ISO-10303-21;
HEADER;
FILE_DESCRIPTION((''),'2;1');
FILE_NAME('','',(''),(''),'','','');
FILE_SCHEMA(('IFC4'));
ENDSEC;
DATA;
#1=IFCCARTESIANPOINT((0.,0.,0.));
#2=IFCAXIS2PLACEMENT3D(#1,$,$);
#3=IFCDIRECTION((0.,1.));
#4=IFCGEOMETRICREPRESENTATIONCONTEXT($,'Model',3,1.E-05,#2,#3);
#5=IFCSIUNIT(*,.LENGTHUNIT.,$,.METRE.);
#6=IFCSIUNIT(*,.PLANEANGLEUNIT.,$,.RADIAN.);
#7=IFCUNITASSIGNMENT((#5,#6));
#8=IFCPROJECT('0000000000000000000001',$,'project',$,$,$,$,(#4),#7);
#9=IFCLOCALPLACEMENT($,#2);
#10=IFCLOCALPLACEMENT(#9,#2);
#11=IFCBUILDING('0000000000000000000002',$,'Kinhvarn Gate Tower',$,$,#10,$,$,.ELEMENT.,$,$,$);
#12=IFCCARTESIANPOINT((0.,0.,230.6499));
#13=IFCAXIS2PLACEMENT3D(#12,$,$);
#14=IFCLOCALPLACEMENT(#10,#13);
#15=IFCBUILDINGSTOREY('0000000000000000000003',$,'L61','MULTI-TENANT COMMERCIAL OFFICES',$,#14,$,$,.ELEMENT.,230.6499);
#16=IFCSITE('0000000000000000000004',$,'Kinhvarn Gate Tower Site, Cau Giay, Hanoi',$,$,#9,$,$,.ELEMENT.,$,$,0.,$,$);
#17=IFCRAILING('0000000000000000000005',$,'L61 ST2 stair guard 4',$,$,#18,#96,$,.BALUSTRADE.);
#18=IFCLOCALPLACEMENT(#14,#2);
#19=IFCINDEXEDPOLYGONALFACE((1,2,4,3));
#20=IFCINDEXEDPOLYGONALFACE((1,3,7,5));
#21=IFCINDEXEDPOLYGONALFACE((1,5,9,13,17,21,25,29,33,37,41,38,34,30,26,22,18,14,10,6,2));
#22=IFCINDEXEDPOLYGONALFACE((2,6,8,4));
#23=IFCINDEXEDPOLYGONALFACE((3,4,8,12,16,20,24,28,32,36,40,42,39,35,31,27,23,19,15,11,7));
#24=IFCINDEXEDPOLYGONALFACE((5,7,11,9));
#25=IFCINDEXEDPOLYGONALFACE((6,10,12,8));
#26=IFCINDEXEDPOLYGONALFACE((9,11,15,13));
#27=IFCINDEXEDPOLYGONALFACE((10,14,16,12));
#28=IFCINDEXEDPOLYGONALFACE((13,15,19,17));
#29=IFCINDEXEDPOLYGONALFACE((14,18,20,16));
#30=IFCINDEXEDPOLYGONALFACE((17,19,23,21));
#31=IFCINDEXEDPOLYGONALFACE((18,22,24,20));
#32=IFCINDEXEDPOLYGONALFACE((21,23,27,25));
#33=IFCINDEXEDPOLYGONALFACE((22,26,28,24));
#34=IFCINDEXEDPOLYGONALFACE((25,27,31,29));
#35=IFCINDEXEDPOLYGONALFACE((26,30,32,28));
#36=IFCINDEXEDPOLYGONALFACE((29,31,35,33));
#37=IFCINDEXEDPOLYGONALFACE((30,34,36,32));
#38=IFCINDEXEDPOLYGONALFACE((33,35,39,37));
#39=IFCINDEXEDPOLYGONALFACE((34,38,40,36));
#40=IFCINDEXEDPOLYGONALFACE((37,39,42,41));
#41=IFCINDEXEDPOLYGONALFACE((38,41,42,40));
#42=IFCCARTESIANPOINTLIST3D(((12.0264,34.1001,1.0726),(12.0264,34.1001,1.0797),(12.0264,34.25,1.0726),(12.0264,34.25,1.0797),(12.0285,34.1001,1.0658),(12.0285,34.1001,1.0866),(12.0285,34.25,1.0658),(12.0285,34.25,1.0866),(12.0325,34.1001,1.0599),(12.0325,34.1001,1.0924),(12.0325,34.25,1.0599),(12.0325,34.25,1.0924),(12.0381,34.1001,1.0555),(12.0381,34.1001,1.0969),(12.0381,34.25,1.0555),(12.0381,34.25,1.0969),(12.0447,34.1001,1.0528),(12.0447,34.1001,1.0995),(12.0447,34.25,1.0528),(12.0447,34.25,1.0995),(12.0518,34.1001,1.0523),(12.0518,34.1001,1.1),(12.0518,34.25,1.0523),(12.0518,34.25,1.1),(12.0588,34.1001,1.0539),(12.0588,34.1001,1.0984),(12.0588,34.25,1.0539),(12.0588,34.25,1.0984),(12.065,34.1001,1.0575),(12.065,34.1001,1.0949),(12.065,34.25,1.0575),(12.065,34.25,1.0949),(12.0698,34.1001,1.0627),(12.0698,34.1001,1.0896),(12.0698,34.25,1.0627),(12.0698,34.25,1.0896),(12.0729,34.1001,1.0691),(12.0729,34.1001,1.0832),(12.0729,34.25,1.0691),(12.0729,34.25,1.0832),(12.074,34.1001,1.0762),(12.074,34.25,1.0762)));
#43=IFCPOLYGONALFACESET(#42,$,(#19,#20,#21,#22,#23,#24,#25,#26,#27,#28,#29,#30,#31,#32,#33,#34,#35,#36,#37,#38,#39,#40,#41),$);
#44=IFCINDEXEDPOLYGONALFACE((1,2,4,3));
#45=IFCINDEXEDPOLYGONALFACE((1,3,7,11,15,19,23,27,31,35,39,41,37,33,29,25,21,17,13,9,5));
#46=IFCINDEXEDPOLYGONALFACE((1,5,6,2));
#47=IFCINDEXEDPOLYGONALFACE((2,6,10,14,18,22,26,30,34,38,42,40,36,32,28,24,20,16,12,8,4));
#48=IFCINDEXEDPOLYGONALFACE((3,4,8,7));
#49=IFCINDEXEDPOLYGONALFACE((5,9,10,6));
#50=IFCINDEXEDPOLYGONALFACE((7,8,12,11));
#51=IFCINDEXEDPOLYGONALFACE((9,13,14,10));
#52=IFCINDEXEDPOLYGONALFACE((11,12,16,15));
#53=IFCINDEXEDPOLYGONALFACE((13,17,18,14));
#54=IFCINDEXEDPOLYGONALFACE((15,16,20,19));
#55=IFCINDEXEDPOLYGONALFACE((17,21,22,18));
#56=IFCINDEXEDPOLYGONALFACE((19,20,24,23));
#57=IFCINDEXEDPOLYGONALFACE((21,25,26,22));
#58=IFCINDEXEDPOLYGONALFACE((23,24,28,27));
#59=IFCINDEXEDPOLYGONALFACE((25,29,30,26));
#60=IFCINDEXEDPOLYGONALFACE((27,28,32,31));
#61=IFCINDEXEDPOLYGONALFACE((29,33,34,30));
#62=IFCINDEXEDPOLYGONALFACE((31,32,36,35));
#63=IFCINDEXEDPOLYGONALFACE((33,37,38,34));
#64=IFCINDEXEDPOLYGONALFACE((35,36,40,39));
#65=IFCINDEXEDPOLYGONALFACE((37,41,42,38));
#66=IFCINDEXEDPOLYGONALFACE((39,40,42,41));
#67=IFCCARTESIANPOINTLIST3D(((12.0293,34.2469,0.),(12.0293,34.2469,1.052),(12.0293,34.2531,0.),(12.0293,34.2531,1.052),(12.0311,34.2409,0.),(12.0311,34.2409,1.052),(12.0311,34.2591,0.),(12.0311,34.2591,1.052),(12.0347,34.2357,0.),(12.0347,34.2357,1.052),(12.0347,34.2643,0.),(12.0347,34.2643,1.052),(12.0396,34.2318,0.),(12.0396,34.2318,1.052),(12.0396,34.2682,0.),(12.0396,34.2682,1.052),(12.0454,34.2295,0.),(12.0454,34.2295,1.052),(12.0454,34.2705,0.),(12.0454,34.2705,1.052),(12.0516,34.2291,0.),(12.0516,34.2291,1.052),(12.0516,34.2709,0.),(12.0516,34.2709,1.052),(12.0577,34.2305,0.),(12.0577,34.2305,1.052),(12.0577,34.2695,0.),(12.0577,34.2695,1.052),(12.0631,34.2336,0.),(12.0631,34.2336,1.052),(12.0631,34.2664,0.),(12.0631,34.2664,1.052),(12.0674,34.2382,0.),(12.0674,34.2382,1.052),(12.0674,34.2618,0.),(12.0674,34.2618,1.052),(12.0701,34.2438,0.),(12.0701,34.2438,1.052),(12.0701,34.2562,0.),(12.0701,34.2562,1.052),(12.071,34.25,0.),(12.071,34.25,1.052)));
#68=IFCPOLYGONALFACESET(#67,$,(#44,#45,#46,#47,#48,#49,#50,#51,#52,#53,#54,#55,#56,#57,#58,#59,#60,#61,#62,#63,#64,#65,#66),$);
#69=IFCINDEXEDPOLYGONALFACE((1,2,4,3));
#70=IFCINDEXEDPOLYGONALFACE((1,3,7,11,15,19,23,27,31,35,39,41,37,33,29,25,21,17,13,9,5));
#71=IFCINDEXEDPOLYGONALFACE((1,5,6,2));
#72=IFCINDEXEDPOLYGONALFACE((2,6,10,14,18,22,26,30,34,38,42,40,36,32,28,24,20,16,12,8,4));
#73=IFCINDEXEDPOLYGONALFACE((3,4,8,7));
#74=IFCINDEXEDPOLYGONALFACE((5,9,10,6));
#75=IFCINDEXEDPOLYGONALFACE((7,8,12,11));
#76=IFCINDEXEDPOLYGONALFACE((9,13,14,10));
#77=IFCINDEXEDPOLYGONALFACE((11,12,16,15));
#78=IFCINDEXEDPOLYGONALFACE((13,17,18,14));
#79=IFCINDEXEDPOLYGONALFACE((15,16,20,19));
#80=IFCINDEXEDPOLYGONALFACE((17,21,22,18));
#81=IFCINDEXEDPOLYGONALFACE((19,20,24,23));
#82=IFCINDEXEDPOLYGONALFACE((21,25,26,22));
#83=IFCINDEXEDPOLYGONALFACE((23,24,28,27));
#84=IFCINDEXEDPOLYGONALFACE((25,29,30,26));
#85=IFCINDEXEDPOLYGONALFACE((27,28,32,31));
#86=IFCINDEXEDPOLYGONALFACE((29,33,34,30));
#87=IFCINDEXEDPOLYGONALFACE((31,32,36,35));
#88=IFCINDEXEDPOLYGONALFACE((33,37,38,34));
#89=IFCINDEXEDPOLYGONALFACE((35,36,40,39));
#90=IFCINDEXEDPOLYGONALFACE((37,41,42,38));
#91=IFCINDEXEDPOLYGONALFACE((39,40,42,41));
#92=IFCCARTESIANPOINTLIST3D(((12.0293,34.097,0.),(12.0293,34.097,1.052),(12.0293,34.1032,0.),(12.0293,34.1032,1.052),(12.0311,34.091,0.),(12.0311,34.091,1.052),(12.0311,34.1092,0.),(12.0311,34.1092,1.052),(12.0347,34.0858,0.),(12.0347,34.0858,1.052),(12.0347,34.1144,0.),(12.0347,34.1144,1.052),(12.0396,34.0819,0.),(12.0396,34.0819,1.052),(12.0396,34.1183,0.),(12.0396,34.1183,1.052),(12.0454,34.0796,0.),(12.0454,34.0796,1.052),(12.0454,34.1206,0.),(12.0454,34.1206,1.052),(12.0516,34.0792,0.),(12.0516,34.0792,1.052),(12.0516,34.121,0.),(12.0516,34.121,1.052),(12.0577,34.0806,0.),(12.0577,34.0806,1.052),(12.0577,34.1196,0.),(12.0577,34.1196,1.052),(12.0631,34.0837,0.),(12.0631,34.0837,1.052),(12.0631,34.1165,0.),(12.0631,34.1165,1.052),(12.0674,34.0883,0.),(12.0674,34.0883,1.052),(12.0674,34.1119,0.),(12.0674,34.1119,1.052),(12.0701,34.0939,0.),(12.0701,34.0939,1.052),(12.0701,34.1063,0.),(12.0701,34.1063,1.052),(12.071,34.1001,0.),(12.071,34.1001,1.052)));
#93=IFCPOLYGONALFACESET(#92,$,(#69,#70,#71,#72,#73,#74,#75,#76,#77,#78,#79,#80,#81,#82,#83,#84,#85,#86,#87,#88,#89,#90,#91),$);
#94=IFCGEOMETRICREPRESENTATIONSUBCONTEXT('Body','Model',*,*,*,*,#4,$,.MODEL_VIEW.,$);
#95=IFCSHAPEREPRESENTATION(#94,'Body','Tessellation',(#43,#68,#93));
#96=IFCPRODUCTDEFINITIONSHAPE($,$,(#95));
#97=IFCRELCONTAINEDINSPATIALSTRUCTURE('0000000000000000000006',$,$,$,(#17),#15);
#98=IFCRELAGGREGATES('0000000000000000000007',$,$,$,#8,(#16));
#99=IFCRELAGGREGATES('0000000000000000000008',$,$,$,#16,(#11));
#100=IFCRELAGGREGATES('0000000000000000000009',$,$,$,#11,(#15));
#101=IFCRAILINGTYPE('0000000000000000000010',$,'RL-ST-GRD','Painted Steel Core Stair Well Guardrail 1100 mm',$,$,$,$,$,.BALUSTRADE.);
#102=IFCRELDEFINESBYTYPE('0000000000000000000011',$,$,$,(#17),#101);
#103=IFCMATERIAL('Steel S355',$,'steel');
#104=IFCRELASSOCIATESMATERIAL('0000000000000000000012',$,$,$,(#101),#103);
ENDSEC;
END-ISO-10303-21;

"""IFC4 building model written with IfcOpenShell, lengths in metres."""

from ifc_helpers import new_model, si_unit, direction, frame, origin, origin_2d, place, context, subcontext, project, spatial, circle, extrude, material, type_object, element, save


model = new_model("IFC4")

# Units and contexts
model_context = context("Model", 3, precision=1e-05, world=origin(), true_north=direction((0.0, 1.0)))
body_context = subcontext(model_context, "Body", "Model", "MODEL_VIEW")
ifc_project = project(units=[si_unit("LENGTHUNIT", "METRE"), si_unit("PLANEANGLEUNIT", "RADIAN")], contexts=[model_context])

# Site, building, storey
site_placement = place(None, origin())
site = spatial("IfcSite", under=ifc_project, at=site_placement, Name="Kinhvarn Gate Tower Site, Cau Giay, Hanoi", CompositionType="ELEMENT", RefElevation=0.0)
building_placement = place(site_placement, origin())
building = spatial("IfcBuilding", under=site, at=building_placement, Name="Kinhvarn Gate Tower", CompositionType="ELEMENT")
storey_placement = place(building_placement, frame((0.0, 0.0, 230.6499)))
storey = spatial("IfcBuildingStorey", under=building, at=storey_placement, Name="L61", Description="MULTI-TENANT COMMERCIAL OFFICES", CompositionType="ELEMENT", Elevation=230.6499)

# Shared definitions
ifc_material_1 = material(Name="Steel S355", Category="steel")

# Railing
railing_type_1 = type_object("IfcRailingType", Name="RL-ST-GRD", Description="Painted Steel Core Stair Well Guardrail 1100 mm", PredefinedType="BALUSTRADE", material=ifc_material_1)
railing_1_placement = place(storey_placement, frame((12.05, 34.25, 0.0)))
element("IfcRailing", 1, at=railing_1_placement, inside=storey, type_object=railing_type_1, Name="L61 ST2 stair guard 4", PredefinedType="BALUSTRADE", context=body_context, shape_type="SweptSolid", body=[
    extrude(circle(Radius=0.0239, at=origin_2d()), frame((0.0, 0.0, 1.0762), z_axis=(0.0, -1.0, 0.0), x_axis=(1.0, 0.0, 0.0)), (0.0, 0.0, 1.0), 0.1499),
    extrude(circle(Radius=0.021, at=origin_2d()), origin(), (0.0, 0.0, 1.0), 1.052),
    extrude(circle(Radius=0.021, at=origin_2d()), frame((0.0, -0.1499, 0.0)), (0.0, 0.0, 1.0), 1.052),
])

save(model, "model.ifc")
